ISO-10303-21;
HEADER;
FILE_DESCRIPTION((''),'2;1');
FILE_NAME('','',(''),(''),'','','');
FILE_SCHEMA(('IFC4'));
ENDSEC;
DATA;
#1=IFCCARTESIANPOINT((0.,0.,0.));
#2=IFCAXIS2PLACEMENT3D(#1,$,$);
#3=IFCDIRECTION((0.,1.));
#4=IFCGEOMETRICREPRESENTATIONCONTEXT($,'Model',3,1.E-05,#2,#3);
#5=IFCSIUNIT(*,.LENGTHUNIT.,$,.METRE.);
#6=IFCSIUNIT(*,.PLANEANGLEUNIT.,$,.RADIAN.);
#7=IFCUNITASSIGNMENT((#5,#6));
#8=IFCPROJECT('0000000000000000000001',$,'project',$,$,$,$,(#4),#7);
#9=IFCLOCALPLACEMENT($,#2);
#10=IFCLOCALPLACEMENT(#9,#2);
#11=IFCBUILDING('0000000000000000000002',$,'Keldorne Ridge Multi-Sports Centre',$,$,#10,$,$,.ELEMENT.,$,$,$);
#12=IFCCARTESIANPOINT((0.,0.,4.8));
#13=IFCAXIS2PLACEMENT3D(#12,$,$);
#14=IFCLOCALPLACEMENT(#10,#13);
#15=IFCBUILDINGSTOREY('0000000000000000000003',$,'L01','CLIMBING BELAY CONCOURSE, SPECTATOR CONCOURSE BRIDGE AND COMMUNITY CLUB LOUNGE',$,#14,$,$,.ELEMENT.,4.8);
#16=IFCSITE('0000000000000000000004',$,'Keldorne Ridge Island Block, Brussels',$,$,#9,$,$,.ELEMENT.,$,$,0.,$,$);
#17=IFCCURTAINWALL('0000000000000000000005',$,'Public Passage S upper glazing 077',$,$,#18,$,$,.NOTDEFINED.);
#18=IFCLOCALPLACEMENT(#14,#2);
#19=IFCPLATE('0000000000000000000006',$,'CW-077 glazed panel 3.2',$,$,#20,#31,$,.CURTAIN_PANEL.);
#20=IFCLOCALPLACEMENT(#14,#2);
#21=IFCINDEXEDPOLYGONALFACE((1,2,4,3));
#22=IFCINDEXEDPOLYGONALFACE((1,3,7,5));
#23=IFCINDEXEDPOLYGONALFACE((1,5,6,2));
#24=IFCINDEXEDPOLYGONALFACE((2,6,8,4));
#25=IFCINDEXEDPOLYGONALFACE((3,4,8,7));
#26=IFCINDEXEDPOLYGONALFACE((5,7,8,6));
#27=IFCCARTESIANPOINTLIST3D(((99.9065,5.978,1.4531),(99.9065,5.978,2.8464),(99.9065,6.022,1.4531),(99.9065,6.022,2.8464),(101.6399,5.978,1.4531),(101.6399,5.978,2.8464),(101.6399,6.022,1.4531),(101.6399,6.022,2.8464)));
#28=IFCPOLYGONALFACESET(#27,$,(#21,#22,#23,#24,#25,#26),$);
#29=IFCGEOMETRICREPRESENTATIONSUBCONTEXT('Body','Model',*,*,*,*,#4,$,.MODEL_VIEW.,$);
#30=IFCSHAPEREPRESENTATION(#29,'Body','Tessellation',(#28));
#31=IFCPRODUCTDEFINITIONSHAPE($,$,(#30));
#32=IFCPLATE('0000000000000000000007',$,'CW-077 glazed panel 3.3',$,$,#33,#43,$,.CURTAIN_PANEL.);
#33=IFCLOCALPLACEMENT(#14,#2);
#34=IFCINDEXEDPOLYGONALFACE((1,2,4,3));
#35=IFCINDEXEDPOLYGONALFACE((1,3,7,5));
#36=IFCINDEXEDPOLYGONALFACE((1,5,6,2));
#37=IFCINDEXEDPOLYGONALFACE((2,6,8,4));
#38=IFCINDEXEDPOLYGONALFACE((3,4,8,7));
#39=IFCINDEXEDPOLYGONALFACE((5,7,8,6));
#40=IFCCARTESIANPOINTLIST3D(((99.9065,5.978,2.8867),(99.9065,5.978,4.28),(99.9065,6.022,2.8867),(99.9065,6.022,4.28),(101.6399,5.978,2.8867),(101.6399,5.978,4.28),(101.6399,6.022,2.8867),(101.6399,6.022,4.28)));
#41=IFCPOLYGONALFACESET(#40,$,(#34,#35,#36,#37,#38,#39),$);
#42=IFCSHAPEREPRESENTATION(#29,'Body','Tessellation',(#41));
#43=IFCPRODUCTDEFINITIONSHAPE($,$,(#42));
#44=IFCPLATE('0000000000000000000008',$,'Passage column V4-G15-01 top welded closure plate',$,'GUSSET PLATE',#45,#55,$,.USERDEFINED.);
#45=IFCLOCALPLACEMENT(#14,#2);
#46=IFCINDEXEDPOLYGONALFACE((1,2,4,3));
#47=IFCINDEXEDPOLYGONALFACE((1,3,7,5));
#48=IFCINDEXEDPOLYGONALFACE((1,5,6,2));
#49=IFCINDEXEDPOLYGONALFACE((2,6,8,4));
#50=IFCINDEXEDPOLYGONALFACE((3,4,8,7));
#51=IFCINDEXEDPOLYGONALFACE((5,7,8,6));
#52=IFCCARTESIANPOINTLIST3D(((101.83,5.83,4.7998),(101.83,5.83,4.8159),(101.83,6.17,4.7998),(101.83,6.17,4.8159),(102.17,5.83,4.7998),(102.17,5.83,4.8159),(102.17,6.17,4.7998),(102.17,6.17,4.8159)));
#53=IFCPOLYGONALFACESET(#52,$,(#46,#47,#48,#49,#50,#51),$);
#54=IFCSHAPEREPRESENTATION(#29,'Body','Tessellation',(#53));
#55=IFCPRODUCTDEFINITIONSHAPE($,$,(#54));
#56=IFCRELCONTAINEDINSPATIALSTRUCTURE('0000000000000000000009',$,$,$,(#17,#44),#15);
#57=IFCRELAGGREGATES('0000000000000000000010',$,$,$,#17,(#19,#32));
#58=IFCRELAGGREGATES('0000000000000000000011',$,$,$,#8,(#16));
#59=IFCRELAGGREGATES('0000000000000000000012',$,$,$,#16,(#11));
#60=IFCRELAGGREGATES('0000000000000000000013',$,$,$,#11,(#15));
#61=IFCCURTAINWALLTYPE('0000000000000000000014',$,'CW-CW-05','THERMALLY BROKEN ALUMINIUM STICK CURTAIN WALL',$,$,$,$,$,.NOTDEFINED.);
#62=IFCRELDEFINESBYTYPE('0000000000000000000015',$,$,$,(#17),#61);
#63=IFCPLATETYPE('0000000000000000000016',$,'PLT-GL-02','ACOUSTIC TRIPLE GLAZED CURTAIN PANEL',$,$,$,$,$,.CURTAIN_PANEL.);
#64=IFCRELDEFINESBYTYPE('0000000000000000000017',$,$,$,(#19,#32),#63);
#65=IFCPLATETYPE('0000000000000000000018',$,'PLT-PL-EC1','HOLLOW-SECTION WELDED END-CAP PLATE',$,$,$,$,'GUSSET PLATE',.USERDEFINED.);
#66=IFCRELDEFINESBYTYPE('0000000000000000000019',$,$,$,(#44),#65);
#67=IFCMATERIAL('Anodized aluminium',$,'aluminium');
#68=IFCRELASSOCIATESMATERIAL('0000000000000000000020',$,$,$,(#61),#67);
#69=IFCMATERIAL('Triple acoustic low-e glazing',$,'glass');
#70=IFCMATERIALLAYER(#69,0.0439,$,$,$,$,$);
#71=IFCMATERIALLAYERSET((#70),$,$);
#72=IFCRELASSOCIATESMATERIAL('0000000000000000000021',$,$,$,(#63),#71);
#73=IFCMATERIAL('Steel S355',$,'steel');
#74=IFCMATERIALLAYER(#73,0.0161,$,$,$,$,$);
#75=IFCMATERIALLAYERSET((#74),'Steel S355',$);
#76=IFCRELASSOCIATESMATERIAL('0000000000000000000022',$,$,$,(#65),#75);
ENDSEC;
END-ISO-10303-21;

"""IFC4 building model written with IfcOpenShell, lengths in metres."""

from ifc_helpers import new_model, si_unit, direction, frame, origin, origin_2d, place, context, subcontext, project, spatial, rectangle, extrude, material, layer, layer_set, type_object, element, aggregate, save


model = new_model("IFC4")

# Units and contexts
model_context = context("Model", 3, precision=1e-05, world=origin(), true_north=direction((0.0, 1.0)))
body_context = subcontext(model_context, "Body", "Model", "MODEL_VIEW")
ifc_project = project(units=[si_unit("LENGTHUNIT", "METRE"), si_unit("PLANEANGLEUNIT", "RADIAN")], contexts=[model_context])

# Site, building, storey
site_placement = place(None, origin())
site = spatial("IfcSite", under=ifc_project, at=site_placement, Name="Keldorne Ridge Island Block, Brussels", CompositionType="ELEMENT", RefElevation=0.0)
building_placement = place(site_placement, origin())
building = spatial("IfcBuilding", under=site, at=building_placement, Name="Keldorne Ridge Multi-Sports Centre", CompositionType="ELEMENT")
storey_placement = place(building_placement, frame((0.0, 0.0, 4.8)))
storey = spatial("IfcBuildingStorey", under=building, at=storey_placement, Name="L01", Description="CLIMBING BELAY CONCOURSE, SPECTATOR CONCOURSE BRIDGE AND COMMUNITY CLUB LOUNGE", CompositionType="ELEMENT", Elevation=4.8)

# Shared definitions
ifc_material_1 = material(Name="Steel S355", Category="steel")

# Curtain wall
ifc_material_2 = material(Name="Anodized aluminium", Category="aluminium")
curtain_wall_type = type_object("IfcCurtainWallType", Name="CW-CW-05", Description="THERMALLY BROKEN ALUMINIUM STICK CURTAIN WALL", PredefinedType="NOTDEFINED", material=ifc_material_2)
curtain_wall_placement = place(storey_placement, origin())
curtain_wall = element("IfcCurtainWall", 1, at=curtain_wall_placement, inside=storey, type_object=curtain_wall_type, Name="Public Passage S upper glazing 077", PredefinedType="NOTDEFINED")

# Plates
ifc_material_3 = material(Name="Triple acoustic low-e glazing", Category="glass")
ifc_layer_1 = layer(ifc_material_3, 0.0439)
ifc_layer_set_1 = layer_set([ifc_layer_1])
plate_type_1 = type_object("IfcPlateType", Name="PLT-GL-02", Description="ACOUSTIC TRIPLE GLAZED CURTAIN PANEL", PredefinedType="CURTAIN_PANEL", material=ifc_layer_set_1)
plate_1_placement = place(storey_placement, frame((100.7732, 6.0, 1.4531), z_axis=(0.0, 0.0, 1.0), x_axis=(1.0, 0.0, 0.0)))
plate_1 = element("IfcPlate", 2, at=plate_1_placement, type_object=plate_type_1, Name="CW-077 glazed panel 3.2", PredefinedType="CURTAIN_PANEL", context=body_context, shape_type="SweptSolid", body=[
    extrude(rectangle(XDim=1.7334, YDim=0.0439, at=origin_2d()), origin(), (0.0, 0.0, 1.0), 1.3933),
])
plate_2_placement = place(storey_placement, frame((100.7732, 6.0, 2.8867), z_axis=(0.0, 0.0, 1.0), x_axis=(1.0, 0.0, 0.0)))
plate_2 = element("IfcPlate", 3, at=plate_2_placement, type_object=plate_type_1, Name="CW-077 glazed panel 3.3", PredefinedType="CURTAIN_PANEL", context=body_context, shape_type="SweptSolid", body=[
    extrude(rectangle(XDim=1.7334, YDim=0.0439, at=origin_2d()), origin(), (0.0, 0.0, 1.0), 1.3933),
])
aggregate(curtain_wall, [plate_1, plate_2])
ifc_layer_2 = layer(ifc_material_1, 0.0161)
ifc_layer_set_2 = layer_set([ifc_layer_2], Name="Steel S355")
plate_type_2 = type_object("IfcPlateType", Name="PLT-PL-EC1", Description="HOLLOW-SECTION WELDED END-CAP PLATE", ElementType="GUSSET PLATE", PredefinedType="USERDEFINED", material=ifc_layer_set_2)
plate_3_placement = place(storey_placement, frame((102.0, 6.0, 4.7998), z_axis=(0.0, 0.0, 1.0), x_axis=(1.0, 0.0, 0.0)))
element("IfcPlate", 4, at=plate_3_placement, inside=storey, type_object=plate_type_2, Name="Passage column V4-G15-01 top welded closure plate", ObjectType="GUSSET PLATE", PredefinedType="USERDEFINED", context=body_context, shape_type="SweptSolid", body=[
    extrude(rectangle(XDim=0.3401, YDim=0.3401, at=origin_2d()), origin(), (0.0, 0.0, 1.0), 0.0161),
])

save(model, "model.ifc")
